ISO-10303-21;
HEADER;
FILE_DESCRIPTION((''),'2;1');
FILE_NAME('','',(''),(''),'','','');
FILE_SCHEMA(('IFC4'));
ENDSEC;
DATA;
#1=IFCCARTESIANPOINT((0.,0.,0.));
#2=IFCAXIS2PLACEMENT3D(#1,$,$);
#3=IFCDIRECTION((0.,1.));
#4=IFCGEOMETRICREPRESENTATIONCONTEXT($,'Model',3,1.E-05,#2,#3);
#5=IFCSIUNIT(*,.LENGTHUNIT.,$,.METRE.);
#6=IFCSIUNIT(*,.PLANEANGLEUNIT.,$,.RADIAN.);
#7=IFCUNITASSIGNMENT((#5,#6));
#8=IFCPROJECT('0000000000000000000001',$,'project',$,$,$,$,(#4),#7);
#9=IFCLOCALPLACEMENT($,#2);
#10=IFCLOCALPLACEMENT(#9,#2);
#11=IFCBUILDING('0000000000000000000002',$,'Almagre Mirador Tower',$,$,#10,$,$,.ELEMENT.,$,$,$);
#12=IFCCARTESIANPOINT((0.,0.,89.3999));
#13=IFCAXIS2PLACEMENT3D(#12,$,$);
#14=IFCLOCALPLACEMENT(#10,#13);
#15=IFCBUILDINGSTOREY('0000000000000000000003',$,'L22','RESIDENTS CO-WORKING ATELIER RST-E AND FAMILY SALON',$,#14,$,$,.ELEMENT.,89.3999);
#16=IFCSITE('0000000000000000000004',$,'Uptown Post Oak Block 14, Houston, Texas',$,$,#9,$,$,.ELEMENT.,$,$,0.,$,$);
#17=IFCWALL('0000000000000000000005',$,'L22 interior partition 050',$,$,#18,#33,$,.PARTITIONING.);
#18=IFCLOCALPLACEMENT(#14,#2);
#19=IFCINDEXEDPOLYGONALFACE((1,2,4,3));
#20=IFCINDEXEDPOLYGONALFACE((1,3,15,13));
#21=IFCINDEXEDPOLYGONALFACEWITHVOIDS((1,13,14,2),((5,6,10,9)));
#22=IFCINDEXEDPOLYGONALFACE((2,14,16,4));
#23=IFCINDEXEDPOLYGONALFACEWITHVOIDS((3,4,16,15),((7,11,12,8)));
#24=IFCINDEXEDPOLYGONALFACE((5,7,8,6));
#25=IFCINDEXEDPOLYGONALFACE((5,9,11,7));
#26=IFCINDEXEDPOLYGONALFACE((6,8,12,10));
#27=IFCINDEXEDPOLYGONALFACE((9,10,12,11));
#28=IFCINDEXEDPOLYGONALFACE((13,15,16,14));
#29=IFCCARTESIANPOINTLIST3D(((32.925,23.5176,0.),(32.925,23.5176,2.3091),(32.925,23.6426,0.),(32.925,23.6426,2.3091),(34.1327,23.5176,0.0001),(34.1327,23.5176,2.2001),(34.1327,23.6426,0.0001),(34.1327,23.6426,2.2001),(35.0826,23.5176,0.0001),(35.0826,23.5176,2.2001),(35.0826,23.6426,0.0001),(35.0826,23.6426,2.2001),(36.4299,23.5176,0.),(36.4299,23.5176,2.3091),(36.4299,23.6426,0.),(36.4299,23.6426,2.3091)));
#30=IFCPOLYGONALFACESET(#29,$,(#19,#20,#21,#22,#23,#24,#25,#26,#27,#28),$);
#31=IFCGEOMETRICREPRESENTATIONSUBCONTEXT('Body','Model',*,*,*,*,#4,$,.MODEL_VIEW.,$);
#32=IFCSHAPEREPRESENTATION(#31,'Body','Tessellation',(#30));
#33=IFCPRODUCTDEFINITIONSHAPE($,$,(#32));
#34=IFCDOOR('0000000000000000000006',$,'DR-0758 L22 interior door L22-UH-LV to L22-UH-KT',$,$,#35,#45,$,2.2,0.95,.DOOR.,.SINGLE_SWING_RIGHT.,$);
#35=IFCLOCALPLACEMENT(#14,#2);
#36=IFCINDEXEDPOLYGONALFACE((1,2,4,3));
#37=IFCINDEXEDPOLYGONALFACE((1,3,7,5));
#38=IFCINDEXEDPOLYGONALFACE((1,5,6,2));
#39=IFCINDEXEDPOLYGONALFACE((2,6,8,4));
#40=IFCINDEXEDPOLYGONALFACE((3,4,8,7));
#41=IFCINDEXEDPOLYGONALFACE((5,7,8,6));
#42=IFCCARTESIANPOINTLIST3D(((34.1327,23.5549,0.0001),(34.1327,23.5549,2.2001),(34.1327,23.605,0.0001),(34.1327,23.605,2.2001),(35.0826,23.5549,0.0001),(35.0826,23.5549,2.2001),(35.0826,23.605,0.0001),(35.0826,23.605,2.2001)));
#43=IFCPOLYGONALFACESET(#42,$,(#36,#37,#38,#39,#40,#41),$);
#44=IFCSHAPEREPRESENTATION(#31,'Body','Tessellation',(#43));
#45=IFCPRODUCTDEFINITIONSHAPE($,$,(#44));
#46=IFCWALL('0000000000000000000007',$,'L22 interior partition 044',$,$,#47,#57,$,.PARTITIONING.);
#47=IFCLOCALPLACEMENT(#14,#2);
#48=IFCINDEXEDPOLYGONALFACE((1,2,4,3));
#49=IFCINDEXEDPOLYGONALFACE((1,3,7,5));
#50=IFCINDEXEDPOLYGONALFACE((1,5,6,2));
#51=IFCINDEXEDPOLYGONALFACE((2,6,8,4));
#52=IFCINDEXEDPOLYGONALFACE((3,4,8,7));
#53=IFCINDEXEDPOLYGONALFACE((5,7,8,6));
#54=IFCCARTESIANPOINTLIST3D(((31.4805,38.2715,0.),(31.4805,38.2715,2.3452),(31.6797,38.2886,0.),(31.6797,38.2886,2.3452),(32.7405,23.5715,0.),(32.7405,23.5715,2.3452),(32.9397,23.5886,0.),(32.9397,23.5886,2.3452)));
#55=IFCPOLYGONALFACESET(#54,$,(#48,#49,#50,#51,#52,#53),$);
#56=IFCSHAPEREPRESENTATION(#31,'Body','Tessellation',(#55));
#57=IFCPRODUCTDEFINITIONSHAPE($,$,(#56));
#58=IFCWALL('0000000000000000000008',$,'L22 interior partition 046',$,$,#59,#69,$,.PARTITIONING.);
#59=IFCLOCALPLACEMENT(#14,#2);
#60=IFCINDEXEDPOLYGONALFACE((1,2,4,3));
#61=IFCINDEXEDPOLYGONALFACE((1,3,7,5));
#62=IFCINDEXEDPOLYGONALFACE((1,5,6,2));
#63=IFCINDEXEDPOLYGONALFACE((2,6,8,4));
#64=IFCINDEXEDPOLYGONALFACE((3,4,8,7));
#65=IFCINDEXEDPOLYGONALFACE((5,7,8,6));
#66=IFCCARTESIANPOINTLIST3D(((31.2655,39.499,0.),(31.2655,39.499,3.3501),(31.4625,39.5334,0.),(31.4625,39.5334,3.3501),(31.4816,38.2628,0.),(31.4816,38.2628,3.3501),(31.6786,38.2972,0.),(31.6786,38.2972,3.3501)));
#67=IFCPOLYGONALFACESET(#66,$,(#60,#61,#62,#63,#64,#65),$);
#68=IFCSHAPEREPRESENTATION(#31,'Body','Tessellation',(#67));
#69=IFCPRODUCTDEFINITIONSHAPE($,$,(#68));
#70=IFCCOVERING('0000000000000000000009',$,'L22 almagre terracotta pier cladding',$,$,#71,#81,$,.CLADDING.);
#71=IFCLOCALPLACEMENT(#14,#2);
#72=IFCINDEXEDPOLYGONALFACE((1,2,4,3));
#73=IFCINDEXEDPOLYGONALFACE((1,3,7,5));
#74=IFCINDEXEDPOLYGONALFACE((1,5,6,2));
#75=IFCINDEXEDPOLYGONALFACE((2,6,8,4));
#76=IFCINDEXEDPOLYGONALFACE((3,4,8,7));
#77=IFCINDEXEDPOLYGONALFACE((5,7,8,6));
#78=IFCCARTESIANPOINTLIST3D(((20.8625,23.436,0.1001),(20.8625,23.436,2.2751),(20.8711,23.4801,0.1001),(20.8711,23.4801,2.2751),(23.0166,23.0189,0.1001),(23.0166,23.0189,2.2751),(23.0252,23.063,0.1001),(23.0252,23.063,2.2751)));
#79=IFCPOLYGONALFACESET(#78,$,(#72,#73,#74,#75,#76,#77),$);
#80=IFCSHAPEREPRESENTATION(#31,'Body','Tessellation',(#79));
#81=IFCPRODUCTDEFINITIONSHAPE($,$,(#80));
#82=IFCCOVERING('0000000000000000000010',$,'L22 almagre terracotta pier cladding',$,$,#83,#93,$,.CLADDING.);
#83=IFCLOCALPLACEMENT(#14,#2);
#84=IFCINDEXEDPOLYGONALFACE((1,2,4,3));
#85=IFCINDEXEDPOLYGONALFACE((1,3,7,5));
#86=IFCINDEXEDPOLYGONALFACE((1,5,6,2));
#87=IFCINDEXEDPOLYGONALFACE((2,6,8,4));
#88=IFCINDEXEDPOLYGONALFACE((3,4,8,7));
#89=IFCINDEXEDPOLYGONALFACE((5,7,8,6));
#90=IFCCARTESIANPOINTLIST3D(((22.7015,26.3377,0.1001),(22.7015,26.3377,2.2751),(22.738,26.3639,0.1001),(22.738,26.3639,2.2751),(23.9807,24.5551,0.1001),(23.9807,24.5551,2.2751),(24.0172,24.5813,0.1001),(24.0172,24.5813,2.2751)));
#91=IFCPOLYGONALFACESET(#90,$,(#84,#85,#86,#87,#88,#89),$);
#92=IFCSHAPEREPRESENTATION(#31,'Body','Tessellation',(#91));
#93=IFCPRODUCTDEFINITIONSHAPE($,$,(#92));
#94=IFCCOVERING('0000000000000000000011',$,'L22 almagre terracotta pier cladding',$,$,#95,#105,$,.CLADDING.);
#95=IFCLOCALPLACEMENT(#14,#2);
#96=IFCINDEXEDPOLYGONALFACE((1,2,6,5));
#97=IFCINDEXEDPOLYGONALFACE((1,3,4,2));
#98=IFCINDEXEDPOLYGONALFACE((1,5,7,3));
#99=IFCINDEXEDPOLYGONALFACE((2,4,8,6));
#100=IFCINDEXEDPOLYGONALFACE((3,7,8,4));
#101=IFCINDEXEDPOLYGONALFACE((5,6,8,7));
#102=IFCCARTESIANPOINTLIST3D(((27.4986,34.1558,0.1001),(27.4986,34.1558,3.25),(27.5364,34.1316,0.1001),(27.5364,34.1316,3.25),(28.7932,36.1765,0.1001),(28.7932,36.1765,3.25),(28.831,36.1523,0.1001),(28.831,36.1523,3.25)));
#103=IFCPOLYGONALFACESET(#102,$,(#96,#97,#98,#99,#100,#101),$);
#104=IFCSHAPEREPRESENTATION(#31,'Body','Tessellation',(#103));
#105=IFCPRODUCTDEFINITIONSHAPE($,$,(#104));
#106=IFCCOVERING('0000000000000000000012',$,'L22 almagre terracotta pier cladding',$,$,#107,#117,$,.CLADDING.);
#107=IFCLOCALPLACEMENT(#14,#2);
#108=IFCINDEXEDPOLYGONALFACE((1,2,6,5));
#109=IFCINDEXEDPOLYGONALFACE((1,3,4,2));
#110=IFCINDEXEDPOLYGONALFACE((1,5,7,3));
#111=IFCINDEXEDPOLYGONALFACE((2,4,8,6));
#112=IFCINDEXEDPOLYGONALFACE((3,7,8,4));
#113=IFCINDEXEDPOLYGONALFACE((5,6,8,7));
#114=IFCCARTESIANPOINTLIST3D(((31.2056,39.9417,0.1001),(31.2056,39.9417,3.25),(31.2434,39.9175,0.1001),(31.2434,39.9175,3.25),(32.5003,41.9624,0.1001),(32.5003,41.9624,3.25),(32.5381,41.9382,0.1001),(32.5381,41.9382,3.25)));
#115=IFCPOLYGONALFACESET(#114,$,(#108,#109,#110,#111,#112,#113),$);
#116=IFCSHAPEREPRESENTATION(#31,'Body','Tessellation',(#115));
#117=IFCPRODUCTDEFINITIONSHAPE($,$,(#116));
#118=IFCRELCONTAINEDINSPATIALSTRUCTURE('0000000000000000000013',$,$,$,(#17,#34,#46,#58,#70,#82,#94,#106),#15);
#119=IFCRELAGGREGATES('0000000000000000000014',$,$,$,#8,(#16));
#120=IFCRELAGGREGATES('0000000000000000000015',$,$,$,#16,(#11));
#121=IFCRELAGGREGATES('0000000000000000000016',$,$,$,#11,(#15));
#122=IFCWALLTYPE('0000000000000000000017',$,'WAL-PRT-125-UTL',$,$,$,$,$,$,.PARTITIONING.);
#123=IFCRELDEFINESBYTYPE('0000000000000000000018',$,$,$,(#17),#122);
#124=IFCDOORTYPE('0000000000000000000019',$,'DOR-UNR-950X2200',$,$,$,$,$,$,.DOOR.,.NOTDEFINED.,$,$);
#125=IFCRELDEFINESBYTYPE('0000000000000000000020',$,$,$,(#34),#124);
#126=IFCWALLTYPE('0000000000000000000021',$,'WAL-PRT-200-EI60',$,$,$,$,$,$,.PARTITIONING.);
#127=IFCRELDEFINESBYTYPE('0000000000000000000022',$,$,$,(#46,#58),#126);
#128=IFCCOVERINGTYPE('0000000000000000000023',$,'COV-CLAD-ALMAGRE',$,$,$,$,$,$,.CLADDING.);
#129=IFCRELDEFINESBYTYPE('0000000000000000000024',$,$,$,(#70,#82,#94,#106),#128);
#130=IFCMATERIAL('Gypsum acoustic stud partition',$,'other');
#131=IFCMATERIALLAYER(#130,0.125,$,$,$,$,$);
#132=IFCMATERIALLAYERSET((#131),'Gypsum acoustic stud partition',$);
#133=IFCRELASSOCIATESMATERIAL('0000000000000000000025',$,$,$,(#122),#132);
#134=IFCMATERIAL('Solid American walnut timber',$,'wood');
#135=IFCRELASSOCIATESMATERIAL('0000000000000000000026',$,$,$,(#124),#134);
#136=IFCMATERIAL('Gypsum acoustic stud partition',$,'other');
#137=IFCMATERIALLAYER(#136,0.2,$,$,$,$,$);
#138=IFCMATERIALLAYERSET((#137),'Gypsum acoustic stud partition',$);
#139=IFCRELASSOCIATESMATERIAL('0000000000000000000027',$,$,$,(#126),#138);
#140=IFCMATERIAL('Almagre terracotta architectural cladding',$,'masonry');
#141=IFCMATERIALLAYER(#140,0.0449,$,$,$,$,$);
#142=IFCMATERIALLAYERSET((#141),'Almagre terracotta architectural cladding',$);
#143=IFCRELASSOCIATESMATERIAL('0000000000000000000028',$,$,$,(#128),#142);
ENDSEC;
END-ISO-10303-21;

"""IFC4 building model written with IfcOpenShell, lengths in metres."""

from ifc_helpers import new_model, si_unit, direction, frame, frame_2d, origin, origin_2d, place, context, subcontext, project, spatial, rectangle, extrude, material, layer, layer_set, type_object, element, fill, save


model = new_model("IFC4")

# Units and contexts
model_context = context("Model", 3, precision=1e-05, world=origin(), true_north=direction((0.0, 1.0)))
body_context = subcontext(model_context, "Body", "Model", "MODEL_VIEW")
ifc_project = project(units=[si_unit("LENGTHUNIT", "METRE"), si_unit("PLANEANGLEUNIT", "RADIAN")], contexts=[model_context])

# Site, building, storey
site_placement = place(None, origin())
site = spatial("IfcSite", under=ifc_project, at=site_placement, Name="Uptown Post Oak Block 14, Houston, Texas", CompositionType="ELEMENT", RefElevation=0.0)
building_placement = place(site_placement, origin())
building = spatial("IfcBuilding", under=site, at=building_placement, Name="Almagre Mirador Tower", CompositionType="ELEMENT")
storey_placement = place(building_placement, frame((0.0, 0.0, 89.3999)))
storey = spatial("IfcBuildingStorey", under=building, at=storey_placement, Name="L22", Description="RESIDENTS CO-WORKING ATELIER RST-E AND FAMILY SALON", CompositionType="ELEMENT", Elevation=89.3999)

# Wall, opening, door
ifc_material_1 = material(Name="Gypsum acoustic stud partition", Category="other")
ifc_layer_1 = layer(ifc_material_1, 0.125)
ifc_layer_set_1 = layer_set([ifc_layer_1], Name="Gypsum acoustic stud partition")
wall_type_1 = type_object("IfcWallType", Name="WAL-PRT-125-UTL", PredefinedType="PARTITIONING", material=ifc_layer_set_1)
wall_1_placement = place(storey_placement, frame((32.925, 23.5801, 0.0), z_axis=(0.0, 0.0, 1.0), x_axis=(1.0, 0.0, 0.0)))
wall_1 = element("IfcWall", 1, at=wall_1_placement, inside=storey, type_object=wall_type_1, Name="L22 interior partition 050", PredefinedType="PARTITIONING", context=body_context, shape_type="SweptSolid", body=[
    extrude(rectangle(XDim=3.5049, YDim=0.125, at=frame_2d((1.7524, 0.0))), origin(), (0.0, 0.0, 1.0), 2.3091),
])
opening_1_placement = place(wall_1_placement, frame((1.2075, 0.0, 0.0)))
opening_1 = element("IfcOpeningElement", 2, at=opening_1_placement, cuts=wall_1, PredefinedType="OPENING", context=body_context, shape_type="SweptSolid", body=[
    extrude(rectangle(XDim=0.95, YDim=2.2, at=frame_2d((0.4751, 1.1001))), frame((0.0, 0.0725, 0.0), z_axis=(0.0, -1.0, 0.0), x_axis=(1.0, 0.0, 0.0)), (0.0, 0.0, 1.0), 0.145),
])
ifc_material_2 = material(Name="Solid American walnut timber", Category="wood")
door_type_1 = type_object("IfcDoorType", Name="DOR-UNR-950X2200", OperationType="NOTDEFINED", PredefinedType="DOOR", material=ifc_material_2)
door_1_placement = place(opening_1_placement, origin())
door_1 = element("IfcDoor", 3, at=door_1_placement, inside=storey, type_object=door_type_1, Name="DR-0758 L22 interior door L22-UH-LV to L22-UH-KT", OperationType="SINGLE_SWING_RIGHT", OverallHeight=2.2, OverallWidth=0.95, PredefinedType="DOOR", context=body_context, shape_type="SweptSolid", body=[
    extrude(rectangle(XDim=0.95, YDim=2.2, at=frame_2d((0.4751, 1.1001))), frame((0.0, 0.0249, 0.0), z_axis=(0.0, -1.0, 0.0), x_axis=(1.0, 0.0, 0.0)), (0.0, 0.0, 1.0), 0.05),
])
fill(opening_1, door_1)

# Walls
ifc_material_3 = material(Name="Gypsum acoustic stud partition", Category="other")
ifc_layer_2 = layer(ifc_material_3, 0.2)
ifc_layer_set_2 = layer_set([ifc_layer_2], Name="Gypsum acoustic stud partition")
wall_type_2 = type_object("IfcWallType", Name="WAL-PRT-200-EI60", PredefinedType="PARTITIONING", material=ifc_layer_set_2)
wall_2_placement = place(storey_placement, frame((32.8401, 23.5801, 0.0), z_axis=(0.0, 0.0, 1.0), x_axis=(-0.085402, 0.996347, 0.0)))
element("IfcWall", 4, at=wall_2_placement, inside=storey, type_object=wall_type_2, Name="L22 interior partition 044", PredefinedType="PARTITIONING", context=body_context, shape_type="SweptSolid", body=[
    extrude(rectangle(XDim=14.7539, YDim=0.2, at=frame_2d((7.377, 0.0))), origin(), (0.0, 0.0, 1.0), 2.3452),
])
wall_3_placement = place(storey_placement, frame((31.5801, 38.28, 0.0), z_axis=(0.0, 0.0, 1.0), x_axis=(-0.172187, 0.985064, 0.0)))
element("IfcWall", 5, at=wall_3_placement, inside=storey, type_object=wall_type_2, Name="L22 interior partition 046", PredefinedType="PARTITIONING", context=body_context, shape_type="SweptSolid", body=[
    extrude(rectangle(XDim=1.2549, YDim=0.2, at=frame_2d((0.6274, 0.0))), origin(), (0.0, 0.0, 1.0), 3.3501),
])

# Coverings
ifc_material_4 = material(Name="Almagre terracotta architectural cladding", Category="masonry")
ifc_layer_3 = layer(ifc_material_4, 0.0449)
ifc_layer_set_3 = layer_set([ifc_layer_3], Name="Almagre terracotta architectural cladding")
covering_type = type_object("IfcCoveringType", Name="COV-CLAD-ALMAGRE", PredefinedType="CLADDING", material=ifc_layer_set_3)
for number, where, z_axis, x_axis, name in (
    (6, (21.9438, 23.2495, 0.1001), (0.0, 0.0, 1.0), (0.98176, -0.190124, 0.0), "L22 almagre terracotta pier cladding"),
    (7, (23.3594, 25.4595, 0.1001), (0.0, 0.0, 1.0), (-0.583002, 0.81247, 0.0), "L22 almagre terracotta pier cladding"),
):
    element("IfcCovering", number, at=place(storey_placement, frame(where, z_axis=z_axis, x_axis=x_axis)), inside=storey, type_object=covering_type, Name=name, PredefinedType="CLADDING", context=body_context, shape_type="SweptSolid", body=[
        extrude(rectangle(XDim=2.1941, YDim=0.0449, at=origin_2d()), origin(), (0.0, 0.0, 1.0), 2.175),
    ])
for number, where, z_axis, x_axis, name in (
    (8, (28.1648, 35.1541, 0.1001), (0.0, 0.0, 1.0), (0.539462, 0.84201, 0.0), "L22 almagre terracotta pier cladding"),
    (9, (31.8718, 40.9399, 0.1001), (0.0, 0.0, 1.0), (0.539476, 0.842001, 0.0), "L22 almagre terracotta pier cladding"),
):
    element("IfcCovering", number, at=place(storey_placement, frame(where, z_axis=z_axis, x_axis=x_axis)), inside=storey, type_object=covering_type, Name=name, PredefinedType="CLADDING", context=body_context, shape_type="SweptSolid", body=[
        extrude(rectangle(XDim=2.3999, YDim=0.0449, at=origin_2d()), origin(), (0.0, 0.0, 1.0), 3.1499),
    ])

save(model, "model.ifc")
